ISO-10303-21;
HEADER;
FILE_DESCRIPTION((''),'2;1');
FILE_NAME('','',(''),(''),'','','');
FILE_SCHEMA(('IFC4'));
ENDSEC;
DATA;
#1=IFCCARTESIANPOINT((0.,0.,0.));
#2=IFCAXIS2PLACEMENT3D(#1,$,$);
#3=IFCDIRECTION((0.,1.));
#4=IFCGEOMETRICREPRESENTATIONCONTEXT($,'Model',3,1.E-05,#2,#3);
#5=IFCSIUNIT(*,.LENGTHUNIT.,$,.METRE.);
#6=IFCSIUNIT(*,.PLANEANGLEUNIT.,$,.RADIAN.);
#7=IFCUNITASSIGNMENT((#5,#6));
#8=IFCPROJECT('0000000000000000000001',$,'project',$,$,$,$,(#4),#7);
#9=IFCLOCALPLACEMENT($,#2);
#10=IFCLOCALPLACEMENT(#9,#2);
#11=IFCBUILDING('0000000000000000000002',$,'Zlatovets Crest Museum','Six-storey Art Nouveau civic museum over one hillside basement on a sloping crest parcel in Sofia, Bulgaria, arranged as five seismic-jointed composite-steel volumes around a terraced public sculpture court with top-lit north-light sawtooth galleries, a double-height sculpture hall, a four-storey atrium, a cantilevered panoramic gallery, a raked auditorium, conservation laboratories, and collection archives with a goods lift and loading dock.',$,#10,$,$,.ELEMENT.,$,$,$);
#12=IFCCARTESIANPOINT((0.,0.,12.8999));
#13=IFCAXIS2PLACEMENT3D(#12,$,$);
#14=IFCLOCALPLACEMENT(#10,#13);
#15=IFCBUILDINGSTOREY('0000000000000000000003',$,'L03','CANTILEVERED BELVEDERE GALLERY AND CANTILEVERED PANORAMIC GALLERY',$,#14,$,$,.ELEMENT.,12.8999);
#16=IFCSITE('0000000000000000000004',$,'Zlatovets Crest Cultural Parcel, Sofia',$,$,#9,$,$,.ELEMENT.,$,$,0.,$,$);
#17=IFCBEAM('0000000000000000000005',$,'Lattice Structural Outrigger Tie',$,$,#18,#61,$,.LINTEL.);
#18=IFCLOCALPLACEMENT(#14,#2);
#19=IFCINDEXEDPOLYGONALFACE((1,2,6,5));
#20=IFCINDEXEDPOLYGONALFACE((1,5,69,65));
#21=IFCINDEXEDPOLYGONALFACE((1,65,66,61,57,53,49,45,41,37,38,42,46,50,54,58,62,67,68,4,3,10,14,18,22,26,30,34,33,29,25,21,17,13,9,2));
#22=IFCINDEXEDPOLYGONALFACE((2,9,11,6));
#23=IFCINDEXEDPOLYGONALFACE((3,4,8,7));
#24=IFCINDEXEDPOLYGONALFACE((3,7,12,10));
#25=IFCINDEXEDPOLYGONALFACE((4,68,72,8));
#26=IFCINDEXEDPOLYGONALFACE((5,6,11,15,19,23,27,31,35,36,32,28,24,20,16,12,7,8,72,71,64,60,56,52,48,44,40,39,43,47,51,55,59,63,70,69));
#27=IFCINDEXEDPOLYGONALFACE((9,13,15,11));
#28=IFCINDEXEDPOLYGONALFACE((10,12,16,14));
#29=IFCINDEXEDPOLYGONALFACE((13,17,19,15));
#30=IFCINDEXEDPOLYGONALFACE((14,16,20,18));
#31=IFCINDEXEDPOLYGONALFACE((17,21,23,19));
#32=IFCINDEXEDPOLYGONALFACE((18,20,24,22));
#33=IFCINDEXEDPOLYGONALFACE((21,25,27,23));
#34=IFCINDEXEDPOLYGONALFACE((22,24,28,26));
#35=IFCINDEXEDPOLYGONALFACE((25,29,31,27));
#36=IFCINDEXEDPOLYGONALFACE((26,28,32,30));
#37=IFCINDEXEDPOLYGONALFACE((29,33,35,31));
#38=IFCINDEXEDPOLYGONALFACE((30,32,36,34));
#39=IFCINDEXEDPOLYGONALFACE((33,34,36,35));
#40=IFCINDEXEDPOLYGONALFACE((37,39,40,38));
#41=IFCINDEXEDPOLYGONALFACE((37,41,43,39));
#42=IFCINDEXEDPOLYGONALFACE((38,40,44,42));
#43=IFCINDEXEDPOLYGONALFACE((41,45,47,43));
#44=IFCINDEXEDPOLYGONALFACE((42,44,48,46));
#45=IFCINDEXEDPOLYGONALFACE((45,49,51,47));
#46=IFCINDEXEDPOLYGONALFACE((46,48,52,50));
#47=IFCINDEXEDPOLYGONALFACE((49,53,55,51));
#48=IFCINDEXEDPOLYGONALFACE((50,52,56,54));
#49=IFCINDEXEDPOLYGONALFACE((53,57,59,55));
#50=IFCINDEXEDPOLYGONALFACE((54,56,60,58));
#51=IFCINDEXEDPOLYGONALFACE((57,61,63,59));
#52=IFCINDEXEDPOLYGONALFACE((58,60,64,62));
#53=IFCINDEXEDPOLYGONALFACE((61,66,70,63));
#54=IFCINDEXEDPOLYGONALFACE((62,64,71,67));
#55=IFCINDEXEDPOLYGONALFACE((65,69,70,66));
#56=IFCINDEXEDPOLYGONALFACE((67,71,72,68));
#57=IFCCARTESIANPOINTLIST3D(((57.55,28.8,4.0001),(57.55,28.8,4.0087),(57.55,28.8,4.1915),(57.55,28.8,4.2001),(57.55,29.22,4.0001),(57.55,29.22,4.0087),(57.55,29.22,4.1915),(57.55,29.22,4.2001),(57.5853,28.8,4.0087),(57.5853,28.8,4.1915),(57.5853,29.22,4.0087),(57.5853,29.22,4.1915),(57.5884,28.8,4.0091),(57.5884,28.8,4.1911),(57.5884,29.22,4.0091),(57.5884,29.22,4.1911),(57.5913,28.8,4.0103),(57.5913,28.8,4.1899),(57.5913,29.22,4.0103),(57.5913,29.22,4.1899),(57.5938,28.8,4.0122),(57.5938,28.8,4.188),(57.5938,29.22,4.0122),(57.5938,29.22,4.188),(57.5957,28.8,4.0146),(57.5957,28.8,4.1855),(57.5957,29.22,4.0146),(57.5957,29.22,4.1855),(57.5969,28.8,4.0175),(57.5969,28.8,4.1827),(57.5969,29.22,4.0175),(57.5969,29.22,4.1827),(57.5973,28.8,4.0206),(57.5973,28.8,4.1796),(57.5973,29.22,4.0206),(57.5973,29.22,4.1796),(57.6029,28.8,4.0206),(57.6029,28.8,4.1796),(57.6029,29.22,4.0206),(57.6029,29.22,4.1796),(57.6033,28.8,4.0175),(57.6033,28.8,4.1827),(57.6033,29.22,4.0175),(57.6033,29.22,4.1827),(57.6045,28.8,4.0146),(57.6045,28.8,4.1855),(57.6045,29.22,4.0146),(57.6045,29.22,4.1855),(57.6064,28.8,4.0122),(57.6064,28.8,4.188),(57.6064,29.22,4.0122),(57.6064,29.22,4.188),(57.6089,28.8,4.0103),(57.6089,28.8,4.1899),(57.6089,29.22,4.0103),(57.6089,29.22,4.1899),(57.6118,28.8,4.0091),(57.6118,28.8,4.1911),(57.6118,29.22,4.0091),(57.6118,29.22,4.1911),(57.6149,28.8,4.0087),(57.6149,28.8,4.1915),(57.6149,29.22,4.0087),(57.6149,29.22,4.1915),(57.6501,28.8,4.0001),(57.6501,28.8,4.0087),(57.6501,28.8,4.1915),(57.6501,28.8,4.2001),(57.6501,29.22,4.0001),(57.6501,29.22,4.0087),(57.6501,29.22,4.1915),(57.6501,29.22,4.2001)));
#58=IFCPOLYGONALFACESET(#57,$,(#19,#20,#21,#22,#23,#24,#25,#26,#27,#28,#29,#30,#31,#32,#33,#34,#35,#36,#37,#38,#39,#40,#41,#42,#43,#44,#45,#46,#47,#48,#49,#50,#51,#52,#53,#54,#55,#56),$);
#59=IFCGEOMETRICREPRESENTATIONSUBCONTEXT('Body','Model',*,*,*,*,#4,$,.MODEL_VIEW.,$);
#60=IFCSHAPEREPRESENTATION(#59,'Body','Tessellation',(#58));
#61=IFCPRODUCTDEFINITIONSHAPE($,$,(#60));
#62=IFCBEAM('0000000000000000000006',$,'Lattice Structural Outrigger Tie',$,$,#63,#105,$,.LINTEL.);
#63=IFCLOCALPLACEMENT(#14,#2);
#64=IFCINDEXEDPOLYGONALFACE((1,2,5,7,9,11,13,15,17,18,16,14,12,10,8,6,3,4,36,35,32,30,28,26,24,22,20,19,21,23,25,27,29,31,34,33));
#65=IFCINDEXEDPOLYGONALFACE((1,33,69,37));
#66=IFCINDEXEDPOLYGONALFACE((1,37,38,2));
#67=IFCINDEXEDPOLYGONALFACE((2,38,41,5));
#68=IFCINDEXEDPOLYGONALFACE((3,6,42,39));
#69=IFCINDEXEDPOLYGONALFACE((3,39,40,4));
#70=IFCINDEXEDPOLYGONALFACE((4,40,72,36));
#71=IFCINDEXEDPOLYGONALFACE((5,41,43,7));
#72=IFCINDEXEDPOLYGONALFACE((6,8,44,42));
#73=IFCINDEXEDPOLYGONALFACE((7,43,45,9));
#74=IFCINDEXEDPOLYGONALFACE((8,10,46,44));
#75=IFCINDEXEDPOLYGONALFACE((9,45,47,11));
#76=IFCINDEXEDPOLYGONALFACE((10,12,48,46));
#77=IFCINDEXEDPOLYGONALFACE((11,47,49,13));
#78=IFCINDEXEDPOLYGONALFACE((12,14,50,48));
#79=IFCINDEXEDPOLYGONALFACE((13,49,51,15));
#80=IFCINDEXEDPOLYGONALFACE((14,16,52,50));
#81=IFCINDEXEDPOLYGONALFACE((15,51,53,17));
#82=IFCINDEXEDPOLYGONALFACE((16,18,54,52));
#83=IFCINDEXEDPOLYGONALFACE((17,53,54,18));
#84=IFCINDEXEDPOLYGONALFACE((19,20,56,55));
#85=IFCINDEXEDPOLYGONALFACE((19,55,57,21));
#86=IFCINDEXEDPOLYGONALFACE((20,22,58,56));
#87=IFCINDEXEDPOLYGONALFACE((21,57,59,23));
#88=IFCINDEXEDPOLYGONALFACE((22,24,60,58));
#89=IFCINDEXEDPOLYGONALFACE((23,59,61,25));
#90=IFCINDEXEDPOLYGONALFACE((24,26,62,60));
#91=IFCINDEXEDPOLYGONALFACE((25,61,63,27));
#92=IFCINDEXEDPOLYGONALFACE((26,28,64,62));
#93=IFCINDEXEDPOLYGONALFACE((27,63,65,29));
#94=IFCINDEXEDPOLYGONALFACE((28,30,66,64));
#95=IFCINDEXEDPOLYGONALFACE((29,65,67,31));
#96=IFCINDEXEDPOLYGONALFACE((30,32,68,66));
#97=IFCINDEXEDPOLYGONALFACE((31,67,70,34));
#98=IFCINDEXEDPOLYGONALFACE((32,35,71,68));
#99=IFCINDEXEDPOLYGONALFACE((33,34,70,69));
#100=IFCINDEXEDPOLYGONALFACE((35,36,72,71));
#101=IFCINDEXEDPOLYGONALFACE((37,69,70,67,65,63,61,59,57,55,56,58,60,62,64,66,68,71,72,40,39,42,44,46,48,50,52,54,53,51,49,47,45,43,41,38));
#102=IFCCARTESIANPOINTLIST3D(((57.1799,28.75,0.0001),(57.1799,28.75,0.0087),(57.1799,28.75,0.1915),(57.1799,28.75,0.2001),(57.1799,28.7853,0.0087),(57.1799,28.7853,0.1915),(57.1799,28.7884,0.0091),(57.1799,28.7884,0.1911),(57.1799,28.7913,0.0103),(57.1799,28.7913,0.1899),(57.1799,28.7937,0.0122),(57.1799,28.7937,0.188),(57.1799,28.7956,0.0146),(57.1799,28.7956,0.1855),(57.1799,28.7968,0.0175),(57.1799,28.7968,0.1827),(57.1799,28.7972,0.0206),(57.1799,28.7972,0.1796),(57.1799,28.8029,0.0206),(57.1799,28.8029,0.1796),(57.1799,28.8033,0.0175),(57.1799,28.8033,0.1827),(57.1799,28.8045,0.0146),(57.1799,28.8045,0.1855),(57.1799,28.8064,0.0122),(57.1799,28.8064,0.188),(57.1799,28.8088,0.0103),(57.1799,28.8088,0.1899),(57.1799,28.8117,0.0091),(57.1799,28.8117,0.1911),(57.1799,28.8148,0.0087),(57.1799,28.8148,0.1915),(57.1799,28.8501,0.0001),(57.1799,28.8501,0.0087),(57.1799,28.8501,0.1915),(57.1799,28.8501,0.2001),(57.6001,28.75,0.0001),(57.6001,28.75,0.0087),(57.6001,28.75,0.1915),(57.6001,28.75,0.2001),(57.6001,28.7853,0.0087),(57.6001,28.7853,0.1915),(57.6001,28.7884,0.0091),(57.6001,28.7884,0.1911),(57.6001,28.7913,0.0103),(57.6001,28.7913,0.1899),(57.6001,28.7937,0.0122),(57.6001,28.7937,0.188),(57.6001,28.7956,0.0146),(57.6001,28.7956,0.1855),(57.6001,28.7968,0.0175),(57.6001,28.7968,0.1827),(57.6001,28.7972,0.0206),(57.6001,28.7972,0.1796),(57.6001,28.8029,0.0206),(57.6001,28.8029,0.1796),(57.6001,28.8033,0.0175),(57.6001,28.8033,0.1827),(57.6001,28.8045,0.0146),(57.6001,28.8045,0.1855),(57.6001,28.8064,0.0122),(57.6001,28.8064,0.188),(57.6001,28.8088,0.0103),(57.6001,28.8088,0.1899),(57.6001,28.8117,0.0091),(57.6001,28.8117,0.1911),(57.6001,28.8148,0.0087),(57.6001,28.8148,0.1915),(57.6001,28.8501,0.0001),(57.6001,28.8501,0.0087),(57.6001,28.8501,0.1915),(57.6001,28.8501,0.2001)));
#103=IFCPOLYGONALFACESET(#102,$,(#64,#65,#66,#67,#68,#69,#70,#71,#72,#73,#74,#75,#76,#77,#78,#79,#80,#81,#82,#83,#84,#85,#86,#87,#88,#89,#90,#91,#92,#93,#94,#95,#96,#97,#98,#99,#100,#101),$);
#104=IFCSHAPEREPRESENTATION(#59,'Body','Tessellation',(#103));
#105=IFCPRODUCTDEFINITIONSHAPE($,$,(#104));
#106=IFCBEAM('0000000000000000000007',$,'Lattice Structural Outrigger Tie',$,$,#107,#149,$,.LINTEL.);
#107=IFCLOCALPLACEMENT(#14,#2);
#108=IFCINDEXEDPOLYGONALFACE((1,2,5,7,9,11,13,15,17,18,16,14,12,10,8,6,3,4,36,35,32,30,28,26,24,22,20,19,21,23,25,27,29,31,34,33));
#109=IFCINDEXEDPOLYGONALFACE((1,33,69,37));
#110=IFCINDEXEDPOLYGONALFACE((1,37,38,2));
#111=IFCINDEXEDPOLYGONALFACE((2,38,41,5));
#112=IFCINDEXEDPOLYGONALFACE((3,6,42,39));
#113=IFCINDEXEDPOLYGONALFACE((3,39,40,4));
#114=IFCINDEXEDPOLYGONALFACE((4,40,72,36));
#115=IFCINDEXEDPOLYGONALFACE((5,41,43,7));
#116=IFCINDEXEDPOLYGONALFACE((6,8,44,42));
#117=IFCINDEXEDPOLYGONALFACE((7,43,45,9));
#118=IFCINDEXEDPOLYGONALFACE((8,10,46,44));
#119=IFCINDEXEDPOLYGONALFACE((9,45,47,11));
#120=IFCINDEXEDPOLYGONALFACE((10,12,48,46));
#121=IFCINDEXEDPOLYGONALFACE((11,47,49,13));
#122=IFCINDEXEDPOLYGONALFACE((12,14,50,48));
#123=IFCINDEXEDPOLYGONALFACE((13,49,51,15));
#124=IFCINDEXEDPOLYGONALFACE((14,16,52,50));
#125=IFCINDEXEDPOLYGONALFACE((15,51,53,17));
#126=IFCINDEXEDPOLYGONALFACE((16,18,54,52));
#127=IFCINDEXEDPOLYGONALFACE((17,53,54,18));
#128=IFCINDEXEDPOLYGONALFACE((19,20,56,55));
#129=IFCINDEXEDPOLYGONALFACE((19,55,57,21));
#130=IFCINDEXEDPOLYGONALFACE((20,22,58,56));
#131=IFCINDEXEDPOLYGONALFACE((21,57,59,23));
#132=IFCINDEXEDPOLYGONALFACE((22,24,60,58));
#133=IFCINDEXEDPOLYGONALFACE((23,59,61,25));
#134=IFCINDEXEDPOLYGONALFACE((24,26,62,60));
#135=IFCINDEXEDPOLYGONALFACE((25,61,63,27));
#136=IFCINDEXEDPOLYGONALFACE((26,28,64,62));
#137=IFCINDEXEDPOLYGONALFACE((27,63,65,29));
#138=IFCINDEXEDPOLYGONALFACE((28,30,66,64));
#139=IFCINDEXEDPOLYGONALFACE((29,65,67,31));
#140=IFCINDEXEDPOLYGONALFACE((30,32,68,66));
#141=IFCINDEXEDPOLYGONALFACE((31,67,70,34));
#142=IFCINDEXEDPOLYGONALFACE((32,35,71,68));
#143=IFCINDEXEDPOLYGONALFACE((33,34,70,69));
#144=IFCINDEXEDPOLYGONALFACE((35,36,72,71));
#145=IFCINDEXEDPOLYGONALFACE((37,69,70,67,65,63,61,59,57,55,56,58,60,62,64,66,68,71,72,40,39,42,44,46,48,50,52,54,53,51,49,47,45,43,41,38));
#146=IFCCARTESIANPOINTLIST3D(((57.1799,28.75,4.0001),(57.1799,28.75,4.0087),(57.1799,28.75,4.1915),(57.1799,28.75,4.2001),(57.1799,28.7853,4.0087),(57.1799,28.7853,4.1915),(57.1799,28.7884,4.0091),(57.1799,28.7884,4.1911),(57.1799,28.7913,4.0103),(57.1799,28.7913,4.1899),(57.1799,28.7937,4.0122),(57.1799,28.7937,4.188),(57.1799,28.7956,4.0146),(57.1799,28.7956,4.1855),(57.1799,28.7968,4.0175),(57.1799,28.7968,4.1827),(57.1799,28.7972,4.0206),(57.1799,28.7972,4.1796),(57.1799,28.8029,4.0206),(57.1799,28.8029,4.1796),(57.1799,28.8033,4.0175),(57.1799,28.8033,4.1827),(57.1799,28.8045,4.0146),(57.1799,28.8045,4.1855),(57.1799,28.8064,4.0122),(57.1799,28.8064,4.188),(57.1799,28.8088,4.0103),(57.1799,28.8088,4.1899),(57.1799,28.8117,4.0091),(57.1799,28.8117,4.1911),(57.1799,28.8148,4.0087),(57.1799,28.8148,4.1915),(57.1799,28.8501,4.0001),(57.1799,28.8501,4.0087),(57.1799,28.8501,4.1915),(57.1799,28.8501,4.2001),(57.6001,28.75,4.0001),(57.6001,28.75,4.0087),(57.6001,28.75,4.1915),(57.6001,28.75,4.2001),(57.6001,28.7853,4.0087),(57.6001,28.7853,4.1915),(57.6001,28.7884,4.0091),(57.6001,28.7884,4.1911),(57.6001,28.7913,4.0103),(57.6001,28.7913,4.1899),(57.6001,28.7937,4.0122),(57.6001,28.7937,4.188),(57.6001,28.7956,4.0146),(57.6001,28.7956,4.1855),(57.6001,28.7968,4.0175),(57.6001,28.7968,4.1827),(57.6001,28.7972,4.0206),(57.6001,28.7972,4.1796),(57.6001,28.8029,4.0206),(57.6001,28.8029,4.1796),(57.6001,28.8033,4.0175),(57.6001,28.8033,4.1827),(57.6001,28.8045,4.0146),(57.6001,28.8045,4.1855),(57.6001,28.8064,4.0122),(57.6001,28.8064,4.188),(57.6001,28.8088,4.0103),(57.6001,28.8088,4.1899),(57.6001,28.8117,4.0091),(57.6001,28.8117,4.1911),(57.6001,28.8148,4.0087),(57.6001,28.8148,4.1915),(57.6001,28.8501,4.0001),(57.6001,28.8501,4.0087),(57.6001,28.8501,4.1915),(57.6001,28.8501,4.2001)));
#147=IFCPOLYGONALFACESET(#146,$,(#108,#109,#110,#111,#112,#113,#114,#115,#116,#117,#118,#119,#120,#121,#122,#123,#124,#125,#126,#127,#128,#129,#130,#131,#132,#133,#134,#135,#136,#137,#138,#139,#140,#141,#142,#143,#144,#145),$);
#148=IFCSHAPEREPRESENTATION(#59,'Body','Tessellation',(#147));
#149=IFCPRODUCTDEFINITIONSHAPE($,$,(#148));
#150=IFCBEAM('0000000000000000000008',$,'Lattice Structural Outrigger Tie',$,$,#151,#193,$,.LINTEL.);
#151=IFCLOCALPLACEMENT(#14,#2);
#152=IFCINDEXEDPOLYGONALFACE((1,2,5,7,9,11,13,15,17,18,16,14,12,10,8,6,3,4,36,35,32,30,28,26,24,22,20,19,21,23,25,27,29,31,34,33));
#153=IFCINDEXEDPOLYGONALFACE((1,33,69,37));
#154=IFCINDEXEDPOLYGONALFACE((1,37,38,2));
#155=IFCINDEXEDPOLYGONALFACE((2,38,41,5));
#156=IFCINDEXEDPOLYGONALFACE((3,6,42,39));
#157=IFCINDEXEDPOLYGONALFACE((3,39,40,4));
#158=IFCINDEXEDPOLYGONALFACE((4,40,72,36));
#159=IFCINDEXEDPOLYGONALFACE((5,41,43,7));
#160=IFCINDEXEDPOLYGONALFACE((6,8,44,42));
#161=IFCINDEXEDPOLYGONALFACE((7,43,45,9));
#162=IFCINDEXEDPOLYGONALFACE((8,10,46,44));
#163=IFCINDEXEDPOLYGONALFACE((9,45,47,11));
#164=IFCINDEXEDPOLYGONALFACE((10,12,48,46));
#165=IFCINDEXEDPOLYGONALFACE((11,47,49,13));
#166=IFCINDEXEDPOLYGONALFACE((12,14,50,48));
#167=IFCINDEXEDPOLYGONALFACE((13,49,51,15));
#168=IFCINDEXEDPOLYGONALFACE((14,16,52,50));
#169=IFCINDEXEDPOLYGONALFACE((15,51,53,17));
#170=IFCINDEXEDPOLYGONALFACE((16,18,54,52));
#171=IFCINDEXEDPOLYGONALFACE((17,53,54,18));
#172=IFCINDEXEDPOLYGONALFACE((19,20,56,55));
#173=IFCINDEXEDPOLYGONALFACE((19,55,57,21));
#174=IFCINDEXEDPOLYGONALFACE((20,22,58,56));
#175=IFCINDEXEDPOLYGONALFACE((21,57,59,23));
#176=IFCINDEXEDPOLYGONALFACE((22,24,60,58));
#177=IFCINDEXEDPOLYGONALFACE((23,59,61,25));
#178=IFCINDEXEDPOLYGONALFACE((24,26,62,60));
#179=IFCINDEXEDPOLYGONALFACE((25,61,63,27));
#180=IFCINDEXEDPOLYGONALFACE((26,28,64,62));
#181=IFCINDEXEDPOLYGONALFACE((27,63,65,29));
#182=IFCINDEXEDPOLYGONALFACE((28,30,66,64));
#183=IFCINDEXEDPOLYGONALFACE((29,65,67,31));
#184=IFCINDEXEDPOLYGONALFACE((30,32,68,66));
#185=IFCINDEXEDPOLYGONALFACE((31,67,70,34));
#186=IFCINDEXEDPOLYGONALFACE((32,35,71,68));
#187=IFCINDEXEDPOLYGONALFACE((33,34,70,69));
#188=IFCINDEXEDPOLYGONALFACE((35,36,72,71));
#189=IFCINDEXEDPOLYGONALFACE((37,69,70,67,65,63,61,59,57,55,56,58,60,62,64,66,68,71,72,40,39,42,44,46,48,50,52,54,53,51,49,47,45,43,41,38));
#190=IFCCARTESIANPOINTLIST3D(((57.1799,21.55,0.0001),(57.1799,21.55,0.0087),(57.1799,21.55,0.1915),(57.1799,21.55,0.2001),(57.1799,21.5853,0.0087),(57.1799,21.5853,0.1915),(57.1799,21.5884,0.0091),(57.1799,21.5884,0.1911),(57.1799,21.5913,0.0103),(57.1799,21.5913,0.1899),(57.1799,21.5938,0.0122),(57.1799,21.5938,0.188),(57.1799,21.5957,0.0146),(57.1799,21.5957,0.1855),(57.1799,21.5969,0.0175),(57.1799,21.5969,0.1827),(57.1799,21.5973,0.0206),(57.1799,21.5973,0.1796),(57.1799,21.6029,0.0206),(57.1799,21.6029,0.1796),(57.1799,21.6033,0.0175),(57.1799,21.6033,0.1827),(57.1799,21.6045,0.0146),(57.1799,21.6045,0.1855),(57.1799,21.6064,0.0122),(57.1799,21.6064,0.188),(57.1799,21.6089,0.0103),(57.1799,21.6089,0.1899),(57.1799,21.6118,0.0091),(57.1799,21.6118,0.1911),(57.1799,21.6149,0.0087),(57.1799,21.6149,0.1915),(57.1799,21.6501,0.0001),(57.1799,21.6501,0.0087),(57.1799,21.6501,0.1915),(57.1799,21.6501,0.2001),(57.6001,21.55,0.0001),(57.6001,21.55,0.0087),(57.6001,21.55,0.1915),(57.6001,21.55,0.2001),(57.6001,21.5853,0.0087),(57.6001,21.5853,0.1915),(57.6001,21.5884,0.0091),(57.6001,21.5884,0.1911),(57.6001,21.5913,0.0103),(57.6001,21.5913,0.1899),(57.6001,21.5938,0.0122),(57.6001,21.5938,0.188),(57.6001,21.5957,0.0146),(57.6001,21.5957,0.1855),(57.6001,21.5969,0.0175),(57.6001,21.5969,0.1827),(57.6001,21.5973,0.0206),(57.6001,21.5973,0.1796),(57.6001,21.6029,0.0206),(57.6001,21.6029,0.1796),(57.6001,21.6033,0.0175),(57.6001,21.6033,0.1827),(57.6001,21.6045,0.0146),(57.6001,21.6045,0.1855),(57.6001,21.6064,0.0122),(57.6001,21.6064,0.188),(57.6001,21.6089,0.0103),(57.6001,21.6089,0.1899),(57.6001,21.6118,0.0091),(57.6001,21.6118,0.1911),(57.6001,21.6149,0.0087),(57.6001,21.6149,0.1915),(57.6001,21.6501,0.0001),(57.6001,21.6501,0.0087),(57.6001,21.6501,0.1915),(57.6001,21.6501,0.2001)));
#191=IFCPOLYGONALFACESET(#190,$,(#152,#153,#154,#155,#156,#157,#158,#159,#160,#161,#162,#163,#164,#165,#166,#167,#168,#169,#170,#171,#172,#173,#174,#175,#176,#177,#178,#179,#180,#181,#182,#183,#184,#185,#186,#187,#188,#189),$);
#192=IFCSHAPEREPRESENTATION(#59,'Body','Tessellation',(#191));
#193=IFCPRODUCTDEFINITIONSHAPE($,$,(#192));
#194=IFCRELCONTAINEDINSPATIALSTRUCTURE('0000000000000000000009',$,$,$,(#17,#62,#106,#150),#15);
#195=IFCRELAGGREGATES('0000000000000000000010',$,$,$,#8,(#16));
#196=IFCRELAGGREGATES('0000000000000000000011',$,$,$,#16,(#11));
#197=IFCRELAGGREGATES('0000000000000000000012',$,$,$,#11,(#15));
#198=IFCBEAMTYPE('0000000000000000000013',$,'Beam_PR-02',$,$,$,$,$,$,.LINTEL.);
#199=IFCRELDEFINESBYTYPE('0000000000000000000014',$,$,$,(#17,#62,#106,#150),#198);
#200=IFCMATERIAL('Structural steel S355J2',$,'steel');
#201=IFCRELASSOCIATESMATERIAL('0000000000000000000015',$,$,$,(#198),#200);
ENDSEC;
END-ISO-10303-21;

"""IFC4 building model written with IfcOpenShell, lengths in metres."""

from ifc_helpers import new_model, si_unit, direction, frame, origin, origin_2d, place, context, subcontext, project, spatial, i_section, extrude, material, material_profile, profile_set, type_object, element, save


model = new_model("IFC4")

# Units and contexts
model_context = context("Model", 3, precision=1e-05, world=origin(), true_north=direction((0.0, 1.0)))
body_context = subcontext(model_context, "Body", "Model", "MODEL_VIEW")
ifc_project = project(units=[si_unit("LENGTHUNIT", "METRE"), si_unit("PLANEANGLEUNIT", "RADIAN")], contexts=[model_context])

# Site, building, storey
site_placement = place(None, origin())
site = spatial("IfcSite", under=ifc_project, at=site_placement, Name="Zlatovets Crest Cultural Parcel, Sofia", CompositionType="ELEMENT", RefElevation=0.0)
building_placement = place(site_placement, origin())
building = spatial("IfcBuilding", under=site, at=building_placement, Name="Zlatovets Crest Museum", Description="Six-storey Art Nouveau civic museum over one hillside basement on a sloping crest parcel in Sofia, Bulgaria, arranged as five seismic-jointed composite-steel volumes around a terraced public sculpture court with top-lit north-light sawtooth galleries, a double-height sculpture hall, a four-storey atrium, a cantilevered panoramic gallery, a raked auditorium, conservation laboratories, and collection archives with a goods lift and loading dock.", CompositionType="ELEMENT")
storey_placement = place(building_placement, frame((0.0, 0.0, 12.8999)))
storey = spatial("IfcBuildingStorey", under=building, at=storey_placement, Name="L03", Description="CANTILEVERED BELVEDERE GALLERY AND CANTILEVERED PANORAMIC GALLERY", CompositionType="ELEMENT", Elevation=12.8999)

# Shared definitions
ifc_material_1 = material(Name="Structural steel S355J2", Category="steel")

# Beams
ifc_material_profile_1 = material_profile(ifc_material_1, i_section(OverallWidth=0.1001, OverallDepth=0.2, WebThickness=0.0056, FlangeThickness=0.0085, FilletRadius=0.012, at=origin_2d()), Name="IPE 200")
ifc_profile_set_1 = profile_set([ifc_material_profile_1], Name="Structural steel S355J2")
beam_type_1 = type_object("IfcBeamType", Name="Beam_PR-02", PredefinedType="LINTEL", material=ifc_profile_set_1)
for number, where, z_axis, x_axis, name in (
    (1, (57.6001, 28.8, 4.1001), (0.0, 1.0, 0.0), (-1.0, 0.0, 0.0), "Lattice Structural Outrigger Tie"),
):
    element("IfcBeam", number, at=place(storey_placement, frame(where, z_axis=z_axis, x_axis=x_axis)), inside=storey, type_object=beam_type_1, Name=name, PredefinedType="LINTEL", context=body_context, shape_type="SweptSolid", body=[
        extrude(i_section(OverallWidth=0.1001, OverallDepth=0.2, WebThickness=0.0056, FlangeThickness=0.0085, FilletRadius=0.012, at=origin_2d()), origin(), (0.0, 0.0, 1.0), 0.4199),
    ])
for number, where, z_axis, x_axis, name in (
    (2, (57.6001, 28.8, 0.1001), (-1.0, 0.0, 0.0), (0.0, -1.0, 0.0), "Lattice Structural Outrigger Tie"),
    (3, (57.6001, 28.8, 4.1001), (-1.0, 0.0, 0.0), (0.0, -1.0, 0.0), "Lattice Structural Outrigger Tie"),
    (4, (57.6001, 21.6001, 0.1001), (-1.0, 0.0, 0.0), (0.0, -1.0, 0.0), "Lattice Structural Outrigger Tie"),
):
    element("IfcBeam", number, at=place(storey_placement, frame(where, z_axis=z_axis, x_axis=x_axis)), inside=storey, type_object=beam_type_1, Name=name, PredefinedType="LINTEL", context=body_context, shape_type="SweptSolid", body=[
        extrude(i_section(OverallWidth=0.1001, OverallDepth=0.2, WebThickness=0.0056, FlangeThickness=0.0085, FilletRadius=0.012, at=origin_2d()), origin(), (0.0, 0.0, 1.0), 0.4202),
    ])

save(model, "model.ifc")
